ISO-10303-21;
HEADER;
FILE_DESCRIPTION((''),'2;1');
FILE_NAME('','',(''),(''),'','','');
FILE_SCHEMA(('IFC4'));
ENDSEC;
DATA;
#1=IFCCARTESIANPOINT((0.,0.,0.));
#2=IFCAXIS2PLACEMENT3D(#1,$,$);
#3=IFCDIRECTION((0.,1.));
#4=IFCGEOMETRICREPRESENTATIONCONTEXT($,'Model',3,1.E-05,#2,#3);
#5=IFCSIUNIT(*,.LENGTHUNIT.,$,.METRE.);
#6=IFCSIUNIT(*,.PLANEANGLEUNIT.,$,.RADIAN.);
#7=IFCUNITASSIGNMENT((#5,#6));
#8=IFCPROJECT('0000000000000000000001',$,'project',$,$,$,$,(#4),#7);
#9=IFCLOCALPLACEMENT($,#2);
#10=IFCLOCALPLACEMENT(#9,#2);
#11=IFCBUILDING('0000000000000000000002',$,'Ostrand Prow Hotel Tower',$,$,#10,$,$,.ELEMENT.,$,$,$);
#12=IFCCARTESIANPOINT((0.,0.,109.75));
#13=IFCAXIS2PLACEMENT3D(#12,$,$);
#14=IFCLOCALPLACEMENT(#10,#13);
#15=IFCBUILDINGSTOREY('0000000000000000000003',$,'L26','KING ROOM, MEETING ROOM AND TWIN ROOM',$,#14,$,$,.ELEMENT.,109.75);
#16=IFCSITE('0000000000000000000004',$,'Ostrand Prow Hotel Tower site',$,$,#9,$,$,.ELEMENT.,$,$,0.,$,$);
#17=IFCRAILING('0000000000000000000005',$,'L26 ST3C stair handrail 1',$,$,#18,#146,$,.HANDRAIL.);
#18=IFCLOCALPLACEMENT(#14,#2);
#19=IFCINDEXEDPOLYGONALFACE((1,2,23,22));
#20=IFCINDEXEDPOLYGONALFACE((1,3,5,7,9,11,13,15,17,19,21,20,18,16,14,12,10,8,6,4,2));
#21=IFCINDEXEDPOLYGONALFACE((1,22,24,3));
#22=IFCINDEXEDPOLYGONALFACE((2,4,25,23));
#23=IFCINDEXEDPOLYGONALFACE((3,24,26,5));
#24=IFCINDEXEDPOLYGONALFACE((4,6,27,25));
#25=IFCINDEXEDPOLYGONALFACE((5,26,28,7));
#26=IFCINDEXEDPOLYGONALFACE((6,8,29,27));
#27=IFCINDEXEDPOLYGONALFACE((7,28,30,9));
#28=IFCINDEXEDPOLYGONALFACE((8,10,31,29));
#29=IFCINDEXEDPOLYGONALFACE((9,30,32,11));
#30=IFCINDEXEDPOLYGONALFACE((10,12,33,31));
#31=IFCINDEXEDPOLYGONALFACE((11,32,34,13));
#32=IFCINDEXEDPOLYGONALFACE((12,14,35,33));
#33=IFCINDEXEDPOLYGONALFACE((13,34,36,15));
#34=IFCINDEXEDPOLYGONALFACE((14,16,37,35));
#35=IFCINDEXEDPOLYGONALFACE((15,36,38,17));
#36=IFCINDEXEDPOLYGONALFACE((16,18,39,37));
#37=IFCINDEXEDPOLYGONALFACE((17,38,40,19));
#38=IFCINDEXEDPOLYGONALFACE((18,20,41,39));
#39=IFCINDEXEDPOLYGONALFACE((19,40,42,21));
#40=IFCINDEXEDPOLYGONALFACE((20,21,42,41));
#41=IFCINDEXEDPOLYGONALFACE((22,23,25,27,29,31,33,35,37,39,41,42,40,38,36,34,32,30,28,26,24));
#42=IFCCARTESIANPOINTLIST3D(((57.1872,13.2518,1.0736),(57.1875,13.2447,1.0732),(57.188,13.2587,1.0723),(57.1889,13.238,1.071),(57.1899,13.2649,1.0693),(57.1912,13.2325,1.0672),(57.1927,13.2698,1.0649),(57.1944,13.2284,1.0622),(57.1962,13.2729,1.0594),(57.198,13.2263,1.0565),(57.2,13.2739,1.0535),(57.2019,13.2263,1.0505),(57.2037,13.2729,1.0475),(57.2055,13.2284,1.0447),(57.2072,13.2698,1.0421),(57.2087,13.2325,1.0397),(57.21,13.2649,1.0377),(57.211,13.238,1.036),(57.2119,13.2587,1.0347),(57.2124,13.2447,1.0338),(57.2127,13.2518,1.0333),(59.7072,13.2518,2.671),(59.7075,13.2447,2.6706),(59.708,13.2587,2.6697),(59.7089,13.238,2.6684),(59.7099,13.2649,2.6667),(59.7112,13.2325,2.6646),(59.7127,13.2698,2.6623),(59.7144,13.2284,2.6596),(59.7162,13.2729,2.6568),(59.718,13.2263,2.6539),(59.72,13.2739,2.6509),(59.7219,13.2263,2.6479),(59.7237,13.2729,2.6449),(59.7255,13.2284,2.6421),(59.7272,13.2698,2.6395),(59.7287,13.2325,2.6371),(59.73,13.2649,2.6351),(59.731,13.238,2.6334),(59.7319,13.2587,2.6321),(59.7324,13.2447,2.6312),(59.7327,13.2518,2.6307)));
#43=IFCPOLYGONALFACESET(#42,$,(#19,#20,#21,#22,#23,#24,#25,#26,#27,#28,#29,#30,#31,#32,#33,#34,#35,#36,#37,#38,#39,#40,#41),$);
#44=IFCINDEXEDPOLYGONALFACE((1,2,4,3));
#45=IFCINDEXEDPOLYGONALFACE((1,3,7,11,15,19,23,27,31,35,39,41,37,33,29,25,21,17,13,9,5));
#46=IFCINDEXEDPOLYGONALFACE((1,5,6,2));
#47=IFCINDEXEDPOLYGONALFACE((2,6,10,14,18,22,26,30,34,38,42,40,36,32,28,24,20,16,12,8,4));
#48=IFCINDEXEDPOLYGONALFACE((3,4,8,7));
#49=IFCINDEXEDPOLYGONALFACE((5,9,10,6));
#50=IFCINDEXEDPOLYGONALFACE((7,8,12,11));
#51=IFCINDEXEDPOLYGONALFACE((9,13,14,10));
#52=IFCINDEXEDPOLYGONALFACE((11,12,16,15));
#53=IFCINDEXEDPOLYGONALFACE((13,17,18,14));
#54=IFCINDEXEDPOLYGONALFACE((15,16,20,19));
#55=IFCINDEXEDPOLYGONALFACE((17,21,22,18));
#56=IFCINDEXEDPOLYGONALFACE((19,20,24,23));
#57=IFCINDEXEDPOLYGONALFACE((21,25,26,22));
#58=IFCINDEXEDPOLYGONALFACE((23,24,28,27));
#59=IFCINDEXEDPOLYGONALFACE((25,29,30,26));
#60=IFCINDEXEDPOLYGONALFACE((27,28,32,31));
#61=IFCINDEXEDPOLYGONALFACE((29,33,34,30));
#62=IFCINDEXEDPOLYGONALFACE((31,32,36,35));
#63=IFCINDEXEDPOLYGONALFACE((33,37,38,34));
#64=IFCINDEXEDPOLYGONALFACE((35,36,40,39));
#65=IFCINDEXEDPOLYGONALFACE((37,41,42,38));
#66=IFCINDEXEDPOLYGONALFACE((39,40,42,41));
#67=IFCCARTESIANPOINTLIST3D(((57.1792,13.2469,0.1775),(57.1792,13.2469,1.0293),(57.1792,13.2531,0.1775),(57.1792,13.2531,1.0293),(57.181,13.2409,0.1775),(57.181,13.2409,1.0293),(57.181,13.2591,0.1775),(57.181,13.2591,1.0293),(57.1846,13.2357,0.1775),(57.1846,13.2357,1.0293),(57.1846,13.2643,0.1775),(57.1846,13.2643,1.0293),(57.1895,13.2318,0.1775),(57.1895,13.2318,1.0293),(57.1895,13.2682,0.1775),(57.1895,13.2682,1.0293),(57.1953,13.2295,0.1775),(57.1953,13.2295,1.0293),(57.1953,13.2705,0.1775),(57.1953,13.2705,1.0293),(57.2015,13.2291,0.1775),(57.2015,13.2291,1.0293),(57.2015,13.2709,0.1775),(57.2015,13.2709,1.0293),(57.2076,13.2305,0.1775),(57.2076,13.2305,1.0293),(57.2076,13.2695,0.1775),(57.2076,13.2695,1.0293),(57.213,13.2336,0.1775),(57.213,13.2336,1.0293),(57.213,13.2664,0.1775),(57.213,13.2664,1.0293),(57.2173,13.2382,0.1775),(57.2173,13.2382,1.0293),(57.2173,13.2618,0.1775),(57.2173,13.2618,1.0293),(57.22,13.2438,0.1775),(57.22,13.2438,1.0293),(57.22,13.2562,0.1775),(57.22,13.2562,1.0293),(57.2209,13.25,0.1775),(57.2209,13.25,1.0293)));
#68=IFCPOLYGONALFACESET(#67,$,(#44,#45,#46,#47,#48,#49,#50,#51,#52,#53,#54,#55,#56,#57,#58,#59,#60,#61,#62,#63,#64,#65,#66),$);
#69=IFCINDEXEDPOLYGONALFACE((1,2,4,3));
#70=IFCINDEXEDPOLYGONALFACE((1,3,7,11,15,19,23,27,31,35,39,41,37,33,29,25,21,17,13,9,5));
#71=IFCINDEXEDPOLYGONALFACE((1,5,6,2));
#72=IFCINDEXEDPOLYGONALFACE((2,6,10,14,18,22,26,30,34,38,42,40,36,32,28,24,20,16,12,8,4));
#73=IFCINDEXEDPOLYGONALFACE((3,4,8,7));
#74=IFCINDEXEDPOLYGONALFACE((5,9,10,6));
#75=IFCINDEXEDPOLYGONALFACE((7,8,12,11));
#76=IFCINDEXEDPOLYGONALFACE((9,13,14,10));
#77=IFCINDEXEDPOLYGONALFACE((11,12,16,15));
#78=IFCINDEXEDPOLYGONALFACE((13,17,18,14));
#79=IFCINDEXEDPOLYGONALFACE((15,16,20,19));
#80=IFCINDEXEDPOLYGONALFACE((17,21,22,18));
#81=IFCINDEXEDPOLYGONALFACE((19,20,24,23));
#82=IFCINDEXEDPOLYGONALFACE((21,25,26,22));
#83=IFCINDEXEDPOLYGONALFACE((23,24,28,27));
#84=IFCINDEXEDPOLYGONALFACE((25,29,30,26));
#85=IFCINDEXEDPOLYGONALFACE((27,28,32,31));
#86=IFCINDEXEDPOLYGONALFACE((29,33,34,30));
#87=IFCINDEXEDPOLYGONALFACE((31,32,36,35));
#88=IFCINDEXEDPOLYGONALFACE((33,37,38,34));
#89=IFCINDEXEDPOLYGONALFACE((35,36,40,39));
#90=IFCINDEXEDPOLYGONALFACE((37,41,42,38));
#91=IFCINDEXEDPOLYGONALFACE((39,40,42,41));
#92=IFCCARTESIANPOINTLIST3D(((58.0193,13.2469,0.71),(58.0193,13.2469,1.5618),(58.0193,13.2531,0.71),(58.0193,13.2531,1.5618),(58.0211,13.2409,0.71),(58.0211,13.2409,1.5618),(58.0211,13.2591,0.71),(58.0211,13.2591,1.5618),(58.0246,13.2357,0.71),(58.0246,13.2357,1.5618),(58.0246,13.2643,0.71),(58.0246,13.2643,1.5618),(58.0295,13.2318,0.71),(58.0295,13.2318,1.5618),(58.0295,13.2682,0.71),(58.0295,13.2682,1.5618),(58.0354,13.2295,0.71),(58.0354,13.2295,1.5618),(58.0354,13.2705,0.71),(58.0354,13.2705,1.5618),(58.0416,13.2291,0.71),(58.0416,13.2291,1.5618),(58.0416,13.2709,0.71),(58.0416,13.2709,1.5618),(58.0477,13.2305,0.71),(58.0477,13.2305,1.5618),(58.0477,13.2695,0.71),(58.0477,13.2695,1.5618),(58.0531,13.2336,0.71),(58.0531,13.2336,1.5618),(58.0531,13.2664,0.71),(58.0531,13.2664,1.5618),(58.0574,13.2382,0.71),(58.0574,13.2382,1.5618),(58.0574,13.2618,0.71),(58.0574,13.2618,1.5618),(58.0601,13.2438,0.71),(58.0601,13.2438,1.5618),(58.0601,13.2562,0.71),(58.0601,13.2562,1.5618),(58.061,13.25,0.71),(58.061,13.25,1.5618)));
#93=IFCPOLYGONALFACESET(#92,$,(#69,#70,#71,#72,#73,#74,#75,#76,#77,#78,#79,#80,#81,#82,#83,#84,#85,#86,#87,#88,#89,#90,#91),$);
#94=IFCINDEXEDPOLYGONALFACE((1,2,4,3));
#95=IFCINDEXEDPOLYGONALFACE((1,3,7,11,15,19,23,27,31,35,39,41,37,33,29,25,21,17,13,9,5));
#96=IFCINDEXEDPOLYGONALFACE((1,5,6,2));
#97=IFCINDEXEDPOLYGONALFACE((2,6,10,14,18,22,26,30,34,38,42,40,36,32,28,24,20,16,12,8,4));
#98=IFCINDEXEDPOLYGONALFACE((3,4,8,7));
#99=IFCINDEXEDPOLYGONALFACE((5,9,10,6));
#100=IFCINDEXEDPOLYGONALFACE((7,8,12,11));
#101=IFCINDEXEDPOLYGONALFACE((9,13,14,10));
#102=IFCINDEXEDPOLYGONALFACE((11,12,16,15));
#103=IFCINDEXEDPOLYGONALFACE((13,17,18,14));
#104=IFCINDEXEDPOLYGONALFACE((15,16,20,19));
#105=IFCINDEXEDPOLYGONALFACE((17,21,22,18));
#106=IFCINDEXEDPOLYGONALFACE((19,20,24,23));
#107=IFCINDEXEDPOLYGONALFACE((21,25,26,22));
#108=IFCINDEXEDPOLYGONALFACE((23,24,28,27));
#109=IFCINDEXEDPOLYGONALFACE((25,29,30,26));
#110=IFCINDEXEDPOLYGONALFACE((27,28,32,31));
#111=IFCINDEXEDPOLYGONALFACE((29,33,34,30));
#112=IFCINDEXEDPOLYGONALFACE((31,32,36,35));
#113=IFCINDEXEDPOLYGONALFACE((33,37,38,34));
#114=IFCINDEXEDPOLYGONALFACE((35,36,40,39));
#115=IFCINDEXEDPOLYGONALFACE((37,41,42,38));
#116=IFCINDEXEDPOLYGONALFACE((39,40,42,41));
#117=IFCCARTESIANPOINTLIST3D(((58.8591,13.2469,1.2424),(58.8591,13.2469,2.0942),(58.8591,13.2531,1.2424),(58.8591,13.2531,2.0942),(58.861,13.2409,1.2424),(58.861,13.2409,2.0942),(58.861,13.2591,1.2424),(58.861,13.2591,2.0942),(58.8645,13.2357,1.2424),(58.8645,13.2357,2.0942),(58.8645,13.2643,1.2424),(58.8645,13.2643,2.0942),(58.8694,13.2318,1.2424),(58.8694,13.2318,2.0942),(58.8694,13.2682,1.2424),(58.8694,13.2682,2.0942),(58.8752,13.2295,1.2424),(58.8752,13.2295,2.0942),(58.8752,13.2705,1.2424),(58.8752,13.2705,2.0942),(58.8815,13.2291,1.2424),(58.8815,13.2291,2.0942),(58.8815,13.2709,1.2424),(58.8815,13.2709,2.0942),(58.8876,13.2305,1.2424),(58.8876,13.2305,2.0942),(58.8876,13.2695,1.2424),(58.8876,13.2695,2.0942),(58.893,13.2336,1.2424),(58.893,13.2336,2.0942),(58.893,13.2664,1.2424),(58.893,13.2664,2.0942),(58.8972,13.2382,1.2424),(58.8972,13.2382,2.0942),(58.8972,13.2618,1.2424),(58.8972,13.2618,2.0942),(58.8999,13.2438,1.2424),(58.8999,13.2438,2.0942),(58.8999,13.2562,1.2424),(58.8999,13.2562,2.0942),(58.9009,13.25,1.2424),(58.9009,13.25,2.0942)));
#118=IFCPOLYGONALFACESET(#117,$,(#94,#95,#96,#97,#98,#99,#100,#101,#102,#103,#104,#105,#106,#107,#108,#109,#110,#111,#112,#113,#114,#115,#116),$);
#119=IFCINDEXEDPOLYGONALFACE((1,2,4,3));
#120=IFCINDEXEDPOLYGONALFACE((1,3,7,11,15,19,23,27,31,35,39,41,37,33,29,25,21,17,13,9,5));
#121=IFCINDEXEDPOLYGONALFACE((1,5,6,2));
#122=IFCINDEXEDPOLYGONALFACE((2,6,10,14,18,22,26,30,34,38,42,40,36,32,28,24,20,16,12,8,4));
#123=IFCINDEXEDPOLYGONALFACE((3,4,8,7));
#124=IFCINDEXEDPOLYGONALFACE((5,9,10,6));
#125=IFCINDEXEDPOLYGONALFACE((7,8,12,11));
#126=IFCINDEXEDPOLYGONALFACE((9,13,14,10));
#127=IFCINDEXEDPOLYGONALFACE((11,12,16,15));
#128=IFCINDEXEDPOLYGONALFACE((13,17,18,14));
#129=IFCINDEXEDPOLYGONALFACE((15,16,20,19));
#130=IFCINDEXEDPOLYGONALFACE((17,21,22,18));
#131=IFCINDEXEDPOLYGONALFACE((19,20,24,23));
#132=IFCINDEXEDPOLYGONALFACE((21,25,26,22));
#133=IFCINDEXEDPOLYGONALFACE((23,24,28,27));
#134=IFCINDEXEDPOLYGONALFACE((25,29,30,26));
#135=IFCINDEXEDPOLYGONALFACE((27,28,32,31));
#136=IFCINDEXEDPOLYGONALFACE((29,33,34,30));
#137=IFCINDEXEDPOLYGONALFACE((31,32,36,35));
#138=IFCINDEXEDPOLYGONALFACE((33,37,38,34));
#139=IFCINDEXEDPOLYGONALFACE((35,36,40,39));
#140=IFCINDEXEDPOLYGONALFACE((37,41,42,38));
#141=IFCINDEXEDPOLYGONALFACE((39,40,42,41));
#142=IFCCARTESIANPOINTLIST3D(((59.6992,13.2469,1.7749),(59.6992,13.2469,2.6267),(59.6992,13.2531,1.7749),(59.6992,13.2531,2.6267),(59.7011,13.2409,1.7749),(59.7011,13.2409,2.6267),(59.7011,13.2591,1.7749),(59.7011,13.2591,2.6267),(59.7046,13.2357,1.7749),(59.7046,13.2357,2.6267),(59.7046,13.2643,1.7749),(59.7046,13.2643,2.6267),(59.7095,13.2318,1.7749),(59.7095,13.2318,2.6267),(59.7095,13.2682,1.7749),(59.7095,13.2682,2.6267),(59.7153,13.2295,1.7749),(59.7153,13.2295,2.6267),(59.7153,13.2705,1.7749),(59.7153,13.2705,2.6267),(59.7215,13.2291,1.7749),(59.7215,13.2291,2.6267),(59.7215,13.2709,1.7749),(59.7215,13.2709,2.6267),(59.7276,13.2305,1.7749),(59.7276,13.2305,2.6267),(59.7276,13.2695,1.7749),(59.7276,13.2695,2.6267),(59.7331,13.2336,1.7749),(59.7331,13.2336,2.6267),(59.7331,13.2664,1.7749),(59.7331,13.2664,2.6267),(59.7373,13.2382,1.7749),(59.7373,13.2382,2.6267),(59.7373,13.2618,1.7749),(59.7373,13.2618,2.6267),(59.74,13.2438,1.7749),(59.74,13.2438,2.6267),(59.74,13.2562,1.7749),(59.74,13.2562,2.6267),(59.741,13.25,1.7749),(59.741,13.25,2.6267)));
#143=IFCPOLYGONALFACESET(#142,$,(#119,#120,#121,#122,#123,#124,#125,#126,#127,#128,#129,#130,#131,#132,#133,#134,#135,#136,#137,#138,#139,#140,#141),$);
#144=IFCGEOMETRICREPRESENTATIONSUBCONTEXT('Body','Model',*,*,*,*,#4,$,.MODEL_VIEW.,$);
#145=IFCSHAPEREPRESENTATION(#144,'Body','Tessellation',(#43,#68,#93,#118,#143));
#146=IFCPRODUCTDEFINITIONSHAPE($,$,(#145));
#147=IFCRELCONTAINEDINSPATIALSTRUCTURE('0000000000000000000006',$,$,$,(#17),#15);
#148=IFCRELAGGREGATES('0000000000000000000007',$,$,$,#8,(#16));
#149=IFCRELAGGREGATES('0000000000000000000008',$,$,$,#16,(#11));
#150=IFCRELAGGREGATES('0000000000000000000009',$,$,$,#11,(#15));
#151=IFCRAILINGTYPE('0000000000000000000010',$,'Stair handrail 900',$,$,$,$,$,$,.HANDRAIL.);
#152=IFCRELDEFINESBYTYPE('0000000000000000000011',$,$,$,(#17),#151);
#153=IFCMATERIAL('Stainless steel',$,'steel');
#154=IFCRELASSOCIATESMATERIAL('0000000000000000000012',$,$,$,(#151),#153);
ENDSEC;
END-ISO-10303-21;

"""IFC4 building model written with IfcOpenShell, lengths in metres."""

from ifc_helpers import new_model, si_unit, direction, frame, origin, origin_2d, place, context, subcontext, project, spatial, circle, extrude, material, type_object, element, save


model = new_model("IFC4")

# Units and contexts
model_context = context("Model", 3, precision=1e-05, world=origin(), true_north=direction((0.0, 1.0)))
body_context = subcontext(model_context, "Body", "Model", "MODEL_VIEW")
ifc_project = project(units=[si_unit("LENGTHUNIT", "METRE"), si_unit("PLANEANGLEUNIT", "RADIAN")], contexts=[model_context])

# Site, building, storey
site_placement = place(None, origin())
site = spatial("IfcSite", under=ifc_project, at=site_placement, Name="Ostrand Prow Hotel Tower site", CompositionType="ELEMENT", RefElevation=0.0)
building_placement = place(site_placement, origin())
building = spatial("IfcBuilding", under=site, at=building_placement, Name="Ostrand Prow Hotel Tower", CompositionType="ELEMENT")
storey_placement = place(building_placement, frame((0.0, 0.0, 109.75)))
storey = spatial("IfcBuildingStorey", under=building, at=storey_placement, Name="L26", Description="KING ROOM, MEETING ROOM AND TWIN ROOM", CompositionType="ELEMENT", Elevation=109.75)

# Railing
ifc_material_1 = material(Name="Stainless steel", Category="steel")
railing_type_1 = type_object("IfcRailingType", Name="Stair handrail 900", PredefinedType="HANDRAIL", material=ifc_material_1)
railing_1_placement = place(storey_placement, frame((57.2, 13.25, 0.1775)))
element("IfcRailing", 1, at=railing_1_placement, inside=storey, type_object=railing_type_1, Name="L26 ST3C stair handrail 1", PredefinedType="HANDRAIL", context=body_context, shape_type="SweptSolid", body=[
    extrude(circle(Radius=0.0239, at=origin_2d()), frame((0.0, 0.0, 0.876), z_axis=(0.844607, 0.0, 0.535387), x_axis=(0.0, 1.0, 0.0)), (0.0, 0.0, 1.0), 2.9836),
    extrude(circle(Radius=0.021, at=origin_2d()), origin(), (0.0, 0.0, 1.0), 0.8518),
    extrude(circle(Radius=0.021, at=origin_2d()), frame((0.8401, 0.0, 0.5325)), (0.0, 0.0, 1.0), 0.8518),
    extrude(circle(Radius=0.021, at=origin_2d()), frame((1.6799, 0.0, 1.0649)), (0.0, 0.0, 1.0), 0.8518),
    extrude(circle(Radius=0.021, at=origin_2d()), frame((2.52, 0.0, 1.5974)), (0.0, 0.0, 1.0), 0.8518),
])

save(model, "model.ifc")
